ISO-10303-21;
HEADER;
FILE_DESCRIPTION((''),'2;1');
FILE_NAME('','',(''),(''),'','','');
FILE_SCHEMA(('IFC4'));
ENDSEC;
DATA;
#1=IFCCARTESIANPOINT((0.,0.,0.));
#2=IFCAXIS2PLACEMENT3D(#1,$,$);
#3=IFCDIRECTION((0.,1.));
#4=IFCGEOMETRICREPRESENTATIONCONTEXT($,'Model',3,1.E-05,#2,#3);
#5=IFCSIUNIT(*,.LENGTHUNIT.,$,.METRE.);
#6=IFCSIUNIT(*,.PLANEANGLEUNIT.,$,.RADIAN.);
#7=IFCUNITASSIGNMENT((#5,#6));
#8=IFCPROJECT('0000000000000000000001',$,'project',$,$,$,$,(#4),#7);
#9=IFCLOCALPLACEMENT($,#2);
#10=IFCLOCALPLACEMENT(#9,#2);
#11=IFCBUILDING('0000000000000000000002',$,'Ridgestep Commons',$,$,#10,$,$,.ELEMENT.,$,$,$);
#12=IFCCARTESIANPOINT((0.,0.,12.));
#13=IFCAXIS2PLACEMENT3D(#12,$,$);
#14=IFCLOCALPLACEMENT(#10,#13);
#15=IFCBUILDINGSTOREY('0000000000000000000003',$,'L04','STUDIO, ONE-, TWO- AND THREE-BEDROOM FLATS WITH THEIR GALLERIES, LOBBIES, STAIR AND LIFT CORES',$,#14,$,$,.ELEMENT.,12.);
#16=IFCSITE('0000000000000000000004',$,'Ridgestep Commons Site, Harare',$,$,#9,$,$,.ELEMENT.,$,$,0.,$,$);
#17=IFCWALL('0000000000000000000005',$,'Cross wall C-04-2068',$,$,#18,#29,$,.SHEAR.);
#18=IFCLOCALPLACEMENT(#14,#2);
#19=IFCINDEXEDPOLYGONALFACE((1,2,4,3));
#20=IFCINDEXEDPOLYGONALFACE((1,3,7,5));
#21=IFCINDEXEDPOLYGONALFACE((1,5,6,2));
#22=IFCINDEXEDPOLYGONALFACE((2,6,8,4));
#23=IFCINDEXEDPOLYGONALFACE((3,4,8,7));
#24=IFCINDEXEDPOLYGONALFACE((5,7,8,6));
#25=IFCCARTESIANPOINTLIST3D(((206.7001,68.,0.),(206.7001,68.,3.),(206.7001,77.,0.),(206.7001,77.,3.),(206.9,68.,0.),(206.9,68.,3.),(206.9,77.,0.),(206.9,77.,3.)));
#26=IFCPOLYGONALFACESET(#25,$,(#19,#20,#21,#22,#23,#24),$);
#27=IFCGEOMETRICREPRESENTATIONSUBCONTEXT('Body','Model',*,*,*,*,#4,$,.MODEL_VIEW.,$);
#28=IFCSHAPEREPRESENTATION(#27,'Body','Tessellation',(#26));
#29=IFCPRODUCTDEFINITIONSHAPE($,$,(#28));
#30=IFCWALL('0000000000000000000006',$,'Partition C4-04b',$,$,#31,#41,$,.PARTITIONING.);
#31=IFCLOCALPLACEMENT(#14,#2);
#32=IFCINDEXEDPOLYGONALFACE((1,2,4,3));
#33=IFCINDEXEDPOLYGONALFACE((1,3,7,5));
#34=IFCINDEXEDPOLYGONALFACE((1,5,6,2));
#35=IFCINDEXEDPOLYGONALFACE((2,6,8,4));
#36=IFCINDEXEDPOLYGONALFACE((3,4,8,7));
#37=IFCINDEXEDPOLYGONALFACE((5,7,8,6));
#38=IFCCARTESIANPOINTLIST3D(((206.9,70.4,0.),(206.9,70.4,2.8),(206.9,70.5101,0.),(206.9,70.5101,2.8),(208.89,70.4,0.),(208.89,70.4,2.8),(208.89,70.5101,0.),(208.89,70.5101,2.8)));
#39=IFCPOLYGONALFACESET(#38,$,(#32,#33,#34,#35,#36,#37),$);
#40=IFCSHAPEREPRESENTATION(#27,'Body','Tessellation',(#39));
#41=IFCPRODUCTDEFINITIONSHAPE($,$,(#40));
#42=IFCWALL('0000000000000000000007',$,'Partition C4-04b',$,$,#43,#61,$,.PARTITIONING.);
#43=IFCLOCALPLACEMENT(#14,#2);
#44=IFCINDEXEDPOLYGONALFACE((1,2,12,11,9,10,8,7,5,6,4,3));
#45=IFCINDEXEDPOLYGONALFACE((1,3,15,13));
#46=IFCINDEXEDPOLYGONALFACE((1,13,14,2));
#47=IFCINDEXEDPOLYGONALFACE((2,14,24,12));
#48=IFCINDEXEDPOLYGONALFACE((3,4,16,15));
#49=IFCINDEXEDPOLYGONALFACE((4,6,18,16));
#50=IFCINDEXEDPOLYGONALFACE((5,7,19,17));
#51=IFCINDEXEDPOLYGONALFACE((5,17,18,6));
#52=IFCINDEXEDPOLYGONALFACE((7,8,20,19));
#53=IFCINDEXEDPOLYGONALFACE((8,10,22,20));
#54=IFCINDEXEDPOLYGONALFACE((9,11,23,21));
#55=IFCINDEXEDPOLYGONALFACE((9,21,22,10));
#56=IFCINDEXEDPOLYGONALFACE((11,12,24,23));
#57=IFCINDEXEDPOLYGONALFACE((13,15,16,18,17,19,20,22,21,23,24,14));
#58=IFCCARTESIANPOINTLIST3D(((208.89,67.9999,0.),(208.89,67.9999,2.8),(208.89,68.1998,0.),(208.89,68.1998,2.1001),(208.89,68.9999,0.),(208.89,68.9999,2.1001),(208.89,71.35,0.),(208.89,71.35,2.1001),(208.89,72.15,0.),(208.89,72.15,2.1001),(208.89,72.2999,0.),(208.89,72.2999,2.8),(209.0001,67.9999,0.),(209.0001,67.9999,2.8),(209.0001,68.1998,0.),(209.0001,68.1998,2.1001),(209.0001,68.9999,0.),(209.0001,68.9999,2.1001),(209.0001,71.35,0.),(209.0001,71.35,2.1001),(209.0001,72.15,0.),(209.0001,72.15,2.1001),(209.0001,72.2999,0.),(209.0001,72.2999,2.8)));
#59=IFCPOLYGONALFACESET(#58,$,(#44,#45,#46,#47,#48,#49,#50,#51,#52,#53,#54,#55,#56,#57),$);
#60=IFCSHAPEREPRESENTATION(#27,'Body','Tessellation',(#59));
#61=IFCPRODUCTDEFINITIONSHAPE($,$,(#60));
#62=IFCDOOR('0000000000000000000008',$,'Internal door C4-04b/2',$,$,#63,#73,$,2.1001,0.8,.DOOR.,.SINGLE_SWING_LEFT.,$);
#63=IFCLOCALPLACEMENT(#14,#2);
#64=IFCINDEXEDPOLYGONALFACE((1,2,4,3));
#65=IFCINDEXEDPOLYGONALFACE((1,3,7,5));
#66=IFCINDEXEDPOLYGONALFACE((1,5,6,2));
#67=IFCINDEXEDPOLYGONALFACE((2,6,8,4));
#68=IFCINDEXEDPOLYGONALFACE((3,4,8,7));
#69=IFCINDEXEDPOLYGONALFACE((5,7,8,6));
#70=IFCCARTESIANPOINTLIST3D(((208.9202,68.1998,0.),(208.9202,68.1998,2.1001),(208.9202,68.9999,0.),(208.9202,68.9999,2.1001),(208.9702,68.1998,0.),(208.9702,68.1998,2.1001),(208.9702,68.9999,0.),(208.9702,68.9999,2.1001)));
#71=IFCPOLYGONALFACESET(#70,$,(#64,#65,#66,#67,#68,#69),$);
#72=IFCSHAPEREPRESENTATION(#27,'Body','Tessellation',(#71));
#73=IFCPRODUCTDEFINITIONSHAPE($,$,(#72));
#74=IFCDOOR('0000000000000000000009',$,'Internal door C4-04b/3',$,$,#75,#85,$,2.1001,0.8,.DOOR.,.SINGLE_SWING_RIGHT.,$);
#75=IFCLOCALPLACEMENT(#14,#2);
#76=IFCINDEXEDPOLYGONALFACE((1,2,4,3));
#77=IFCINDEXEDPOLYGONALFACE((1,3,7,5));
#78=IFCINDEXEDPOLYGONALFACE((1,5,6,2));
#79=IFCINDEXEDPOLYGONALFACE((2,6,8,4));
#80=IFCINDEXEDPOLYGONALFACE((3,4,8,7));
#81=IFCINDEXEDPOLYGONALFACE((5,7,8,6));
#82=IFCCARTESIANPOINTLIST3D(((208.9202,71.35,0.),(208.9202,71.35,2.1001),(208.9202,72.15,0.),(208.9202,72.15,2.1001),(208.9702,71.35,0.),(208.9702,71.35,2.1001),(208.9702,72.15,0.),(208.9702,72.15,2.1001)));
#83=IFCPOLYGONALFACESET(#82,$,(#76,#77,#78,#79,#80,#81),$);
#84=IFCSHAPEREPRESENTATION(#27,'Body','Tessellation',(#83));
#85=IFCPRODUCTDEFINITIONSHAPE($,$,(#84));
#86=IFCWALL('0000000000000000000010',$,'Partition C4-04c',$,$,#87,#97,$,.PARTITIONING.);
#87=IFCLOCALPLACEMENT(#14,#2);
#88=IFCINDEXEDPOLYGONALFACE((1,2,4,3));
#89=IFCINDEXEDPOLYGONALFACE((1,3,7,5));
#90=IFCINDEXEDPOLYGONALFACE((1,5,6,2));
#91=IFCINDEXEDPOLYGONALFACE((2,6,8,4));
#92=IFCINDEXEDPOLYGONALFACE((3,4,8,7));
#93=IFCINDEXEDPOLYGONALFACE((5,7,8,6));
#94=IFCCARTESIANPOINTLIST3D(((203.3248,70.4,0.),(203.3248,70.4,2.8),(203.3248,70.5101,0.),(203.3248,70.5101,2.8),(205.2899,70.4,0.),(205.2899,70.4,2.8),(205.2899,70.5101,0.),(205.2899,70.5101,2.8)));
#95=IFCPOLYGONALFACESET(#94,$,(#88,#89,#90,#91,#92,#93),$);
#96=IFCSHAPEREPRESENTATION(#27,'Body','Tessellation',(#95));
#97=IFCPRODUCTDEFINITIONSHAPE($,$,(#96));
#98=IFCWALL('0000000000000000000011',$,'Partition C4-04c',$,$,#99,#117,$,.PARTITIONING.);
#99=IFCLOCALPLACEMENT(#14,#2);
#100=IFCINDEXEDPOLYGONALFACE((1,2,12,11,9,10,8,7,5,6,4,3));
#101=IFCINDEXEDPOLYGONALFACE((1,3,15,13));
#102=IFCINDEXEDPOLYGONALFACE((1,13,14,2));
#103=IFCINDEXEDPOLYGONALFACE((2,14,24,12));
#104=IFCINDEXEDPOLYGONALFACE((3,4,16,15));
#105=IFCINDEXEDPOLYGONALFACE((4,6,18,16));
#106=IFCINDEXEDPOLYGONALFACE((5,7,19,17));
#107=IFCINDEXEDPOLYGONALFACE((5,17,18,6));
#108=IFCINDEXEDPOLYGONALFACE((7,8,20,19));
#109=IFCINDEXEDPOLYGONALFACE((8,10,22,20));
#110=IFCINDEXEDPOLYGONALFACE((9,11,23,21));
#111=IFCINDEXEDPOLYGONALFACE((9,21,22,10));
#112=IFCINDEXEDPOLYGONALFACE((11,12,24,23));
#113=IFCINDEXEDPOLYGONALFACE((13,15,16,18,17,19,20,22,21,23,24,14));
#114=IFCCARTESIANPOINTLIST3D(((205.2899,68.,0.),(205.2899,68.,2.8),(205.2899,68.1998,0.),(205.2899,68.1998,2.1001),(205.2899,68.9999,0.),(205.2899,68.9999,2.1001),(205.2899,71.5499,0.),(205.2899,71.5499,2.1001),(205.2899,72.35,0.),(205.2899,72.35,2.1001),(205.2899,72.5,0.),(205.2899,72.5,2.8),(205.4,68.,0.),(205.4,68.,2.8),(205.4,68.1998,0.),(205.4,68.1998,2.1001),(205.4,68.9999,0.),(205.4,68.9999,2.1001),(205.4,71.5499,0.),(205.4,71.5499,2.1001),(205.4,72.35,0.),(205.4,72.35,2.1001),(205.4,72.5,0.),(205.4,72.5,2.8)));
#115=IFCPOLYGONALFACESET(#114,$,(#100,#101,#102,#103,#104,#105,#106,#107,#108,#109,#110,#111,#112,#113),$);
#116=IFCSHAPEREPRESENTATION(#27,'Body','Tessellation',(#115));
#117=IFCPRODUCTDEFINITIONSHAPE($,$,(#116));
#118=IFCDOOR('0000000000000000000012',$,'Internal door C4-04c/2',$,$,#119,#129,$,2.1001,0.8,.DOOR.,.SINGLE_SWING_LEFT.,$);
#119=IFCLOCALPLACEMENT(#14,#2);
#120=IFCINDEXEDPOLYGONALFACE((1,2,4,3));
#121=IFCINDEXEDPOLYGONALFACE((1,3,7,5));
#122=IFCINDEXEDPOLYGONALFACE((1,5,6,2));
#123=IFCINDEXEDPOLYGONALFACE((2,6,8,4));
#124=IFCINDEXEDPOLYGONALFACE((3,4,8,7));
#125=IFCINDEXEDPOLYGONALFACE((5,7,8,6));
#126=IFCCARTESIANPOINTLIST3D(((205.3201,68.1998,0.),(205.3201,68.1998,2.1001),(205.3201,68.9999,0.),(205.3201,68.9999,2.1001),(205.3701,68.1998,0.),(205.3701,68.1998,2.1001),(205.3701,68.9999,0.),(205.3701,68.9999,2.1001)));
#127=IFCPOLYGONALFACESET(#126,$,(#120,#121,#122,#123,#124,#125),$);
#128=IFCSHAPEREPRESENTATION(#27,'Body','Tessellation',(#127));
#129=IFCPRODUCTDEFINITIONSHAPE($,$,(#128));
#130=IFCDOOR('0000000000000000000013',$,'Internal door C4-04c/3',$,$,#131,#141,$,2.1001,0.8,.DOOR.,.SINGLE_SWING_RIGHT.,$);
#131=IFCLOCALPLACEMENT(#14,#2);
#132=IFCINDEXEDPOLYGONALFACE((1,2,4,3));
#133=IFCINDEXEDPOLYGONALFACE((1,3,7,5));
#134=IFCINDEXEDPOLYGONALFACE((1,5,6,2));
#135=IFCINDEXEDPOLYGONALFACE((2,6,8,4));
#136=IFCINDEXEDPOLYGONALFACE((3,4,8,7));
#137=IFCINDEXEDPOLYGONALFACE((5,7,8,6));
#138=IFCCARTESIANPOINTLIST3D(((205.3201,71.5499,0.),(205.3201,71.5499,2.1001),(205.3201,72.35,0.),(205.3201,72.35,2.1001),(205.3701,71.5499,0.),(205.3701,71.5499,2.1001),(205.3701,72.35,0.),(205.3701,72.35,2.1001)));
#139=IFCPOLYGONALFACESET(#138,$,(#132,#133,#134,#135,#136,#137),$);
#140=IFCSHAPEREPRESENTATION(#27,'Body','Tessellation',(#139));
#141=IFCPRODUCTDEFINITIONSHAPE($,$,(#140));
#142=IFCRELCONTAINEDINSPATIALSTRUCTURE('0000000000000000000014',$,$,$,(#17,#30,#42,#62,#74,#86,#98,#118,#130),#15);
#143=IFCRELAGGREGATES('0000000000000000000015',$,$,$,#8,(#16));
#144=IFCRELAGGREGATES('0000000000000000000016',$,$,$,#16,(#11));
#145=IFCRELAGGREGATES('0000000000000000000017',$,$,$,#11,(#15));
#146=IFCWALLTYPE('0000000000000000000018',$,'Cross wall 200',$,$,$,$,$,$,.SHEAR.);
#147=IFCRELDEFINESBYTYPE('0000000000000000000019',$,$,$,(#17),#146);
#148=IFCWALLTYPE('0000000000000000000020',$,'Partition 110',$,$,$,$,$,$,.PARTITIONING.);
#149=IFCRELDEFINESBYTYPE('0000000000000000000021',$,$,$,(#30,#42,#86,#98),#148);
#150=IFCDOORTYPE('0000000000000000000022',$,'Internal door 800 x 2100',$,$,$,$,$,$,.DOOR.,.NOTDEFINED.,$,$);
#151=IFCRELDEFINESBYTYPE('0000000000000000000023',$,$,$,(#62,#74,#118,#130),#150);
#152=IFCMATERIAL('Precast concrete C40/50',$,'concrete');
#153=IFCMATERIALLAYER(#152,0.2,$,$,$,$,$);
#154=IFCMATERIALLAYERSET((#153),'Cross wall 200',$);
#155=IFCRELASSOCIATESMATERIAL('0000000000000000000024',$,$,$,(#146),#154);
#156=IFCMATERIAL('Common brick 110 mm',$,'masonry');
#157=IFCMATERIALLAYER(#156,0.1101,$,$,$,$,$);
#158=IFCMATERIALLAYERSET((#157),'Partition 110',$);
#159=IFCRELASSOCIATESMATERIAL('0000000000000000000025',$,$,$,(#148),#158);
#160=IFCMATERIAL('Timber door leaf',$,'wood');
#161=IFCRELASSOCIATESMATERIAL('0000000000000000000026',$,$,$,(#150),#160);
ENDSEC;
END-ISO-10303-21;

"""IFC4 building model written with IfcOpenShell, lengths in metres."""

from ifc_helpers import new_model, si_unit, direction, frame, frame_2d, origin, place, context, subcontext, project, spatial, rectangle, extrude, material, layer, layer_set, type_object, element, fill, save


model = new_model("IFC4")

# Units and contexts
model_context = context("Model", 3, precision=1e-05, world=origin(), true_north=direction((0.0, 1.0)))
body_context = subcontext(model_context, "Body", "Model", "MODEL_VIEW")
ifc_project = project(units=[si_unit("LENGTHUNIT", "METRE"), si_unit("PLANEANGLEUNIT", "RADIAN")], contexts=[model_context])

# Site, building, storey
site_placement = place(None, origin())
site = spatial("IfcSite", under=ifc_project, at=site_placement, Name="Ridgestep Commons Site, Harare", CompositionType="ELEMENT", RefElevation=0.0)
building_placement = place(site_placement, origin())
building = spatial("IfcBuilding", under=site, at=building_placement, Name="Ridgestep Commons", CompositionType="ELEMENT")
storey_placement = place(building_placement, frame((0.0, 0.0, 12.0)))
storey = spatial("IfcBuildingStorey", under=building, at=storey_placement, Name="L04", Description="STUDIO, ONE-, TWO- AND THREE-BEDROOM FLATS WITH THEIR GALLERIES, LOBBIES, STAIR AND LIFT CORES", CompositionType="ELEMENT", Elevation=12.0)

# Walls
ifc_material_1 = material(Name="Precast concrete C40/50", Category="concrete")
ifc_layer_1 = layer(ifc_material_1, 0.2)
ifc_layer_set_1 = layer_set([ifc_layer_1], Name="Cross wall 200")
wall_type_1 = type_object("IfcWallType", Name="Cross wall 200", PredefinedType="SHEAR", material=ifc_layer_set_1)
wall_1_placement = place(storey_placement, frame((206.8, 68.0, 0.0), z_axis=(0.0, 0.0, 1.0), x_axis=(0.0, 1.0, 0.0)))
element("IfcWall", 1, at=wall_1_placement, inside=storey, type_object=wall_type_1, Name="Cross wall C-04-2068", PredefinedType="SHEAR", context=body_context, shape_type="SweptSolid", body=[
    extrude(rectangle(XDim=9.0, YDim=0.2, at=frame_2d((4.5, 0.0))), origin(), (0.0, 0.0, 1.0), 3.0),
])
ifc_material_2 = material(Name="Common brick 110 mm", Category="masonry")
ifc_layer_2 = layer(ifc_material_2, 0.1101)
ifc_layer_set_2 = layer_set([ifc_layer_2], Name="Partition 110")
wall_type_2 = type_object("IfcWallType", Name="Partition 110", PredefinedType="PARTITIONING", material=ifc_layer_set_2)
wall_2_placement = place(storey_placement, frame((206.8999, 70.4551, 0.0), z_axis=(0.0, 0.0, 1.0), x_axis=(1.0, 0.0, 0.0)))
element("IfcWall", 2, at=wall_2_placement, inside=storey, type_object=wall_type_2, Name="Partition C4-04b", PredefinedType="PARTITIONING", context=body_context, shape_type="SweptSolid", body=[
    extrude(rectangle(XDim=1.99, YDim=0.1101, at=frame_2d((0.9951, 0.0))), origin(), (0.0, 0.0, 1.0), 2.8),
])

# Wall, openings, doors
wall_3_placement = place(storey_placement, frame((208.9451, 68.0, 0.0), z_axis=(0.0, 0.0, 1.0), x_axis=(0.0, 1.0, 0.0)))
wall_3 = element("IfcWall", 3, at=wall_3_placement, inside=storey, type_object=wall_type_2, Name="Partition C4-04b", PredefinedType="PARTITIONING", context=body_context, shape_type="SweptSolid", body=[
    extrude(rectangle(XDim=4.3, YDim=0.1101, at=frame_2d((2.1499, 0.0))), origin(), (0.0, 0.0, 1.0), 2.8),
])
opening_1_placement = place(wall_3_placement, frame((0.2, 0.0, 0.0)))
opening_1 = element("IfcOpeningElement", 4, at=opening_1_placement, cuts=wall_3, PredefinedType="OPENING", context=body_context, shape_type="SweptSolid", body=[
    extrude(rectangle(XDim=0.8, YDim=2.1001, at=frame_2d((0.3999, 1.05))), frame((0.0, 0.0649, 0.0), z_axis=(0.0, -1.0, 0.0), x_axis=(1.0, 0.0, 0.0)), (0.0, 0.0, 1.0), 0.1301),
])
opening_2_placement = place(wall_3_placement, frame((3.3501, 0.0, 0.0)))
opening_2 = element("IfcOpeningElement", 5, at=opening_2_placement, cuts=wall_3, PredefinedType="OPENING", context=body_context, shape_type="SweptSolid", body=[
    extrude(rectangle(XDim=0.8, YDim=2.1001, at=frame_2d((0.3999, 1.05))), frame((0.0, 0.0649, 0.0), z_axis=(0.0, -1.0, 0.0), x_axis=(1.0, 0.0, 0.0)), (0.0, 0.0, 1.0), 0.1301),
])
ifc_material_3 = material(Name="Timber door leaf", Category="wood")
door_type_1 = type_object("IfcDoorType", Name="Internal door 800 x 2100", OperationType="NOTDEFINED", PredefinedType="DOOR", material=ifc_material_3)
door_1_placement = place(opening_1_placement, origin())
door_1 = element("IfcDoor", 6, at=door_1_placement, inside=storey, type_object=door_type_1, Name="Internal door C4-04b/2", OperationType="SINGLE_SWING_LEFT", OverallHeight=2.1001, OverallWidth=0.8, PredefinedType="DOOR", context=body_context, shape_type="SweptSolid", body=[
    extrude(rectangle(XDim=0.8, YDim=2.1001, at=frame_2d((0.3999, 1.05))), frame((0.0, 0.0249, 0.0), z_axis=(0.0, -1.0, 0.0), x_axis=(1.0, 0.0, 0.0)), (0.0, 0.0, 1.0), 0.05),
])
fill(opening_1, door_1)
door_2_placement = place(opening_2_placement, origin())
door_2 = element("IfcDoor", 7, at=door_2_placement, inside=storey, type_object=door_type_1, Name="Internal door C4-04b/3", OperationType="SINGLE_SWING_RIGHT", OverallHeight=2.1001, OverallWidth=0.8, PredefinedType="DOOR", context=body_context, shape_type="SweptSolid", body=[
    extrude(rectangle(XDim=0.8, YDim=2.1001, at=frame_2d((0.3999, 1.05))), frame((0.0, 0.0249, 0.0), z_axis=(0.0, -1.0, 0.0), x_axis=(1.0, 0.0, 0.0)), (0.0, 0.0, 1.0), 0.05),
])
fill(opening_2, door_2)

# Wall
wall_4_placement = place(storey_placement, frame((203.325, 70.4551, 0.0), z_axis=(0.0, 0.0, 1.0), x_axis=(1.0, 0.0, 0.0)))
element("IfcWall", 8, at=wall_4_placement, inside=storey, type_object=wall_type_2, Name="Partition C4-04c", PredefinedType="PARTITIONING", context=body_context, shape_type="SweptSolid", body=[
    extrude(rectangle(XDim=1.9651, YDim=0.1101, at=frame_2d((0.9824, 0.0))), origin(), (0.0, 0.0, 1.0), 2.8),
])

# Wall, openings, doors
wall_5_placement = place(storey_placement, frame((205.345, 68.0, 0.0), z_axis=(0.0, 0.0, 1.0), x_axis=(0.0, 1.0, 0.0)))
wall_5 = element("IfcWall", 9, at=wall_5_placement, inside=storey, type_object=wall_type_2, Name="Partition C4-04c", PredefinedType="PARTITIONING", context=body_context, shape_type="SweptSolid", body=[
    extrude(rectangle(XDim=4.5, YDim=0.1101, at=frame_2d((2.25, 0.0))), origin(), (0.0, 0.0, 1.0), 2.8),
])
opening_3_placement = place(wall_5_placement, frame((0.2, 0.0, 0.0)))
opening_3 = element("IfcOpeningElement", 10, at=opening_3_placement, cuts=wall_5, PredefinedType="OPENING", context=body_context, shape_type="SweptSolid", body=[
    extrude(rectangle(XDim=0.8, YDim=2.1001, at=frame_2d((0.3999, 1.05))), frame((0.0, 0.0649, 0.0), z_axis=(0.0, -1.0, 0.0), x_axis=(1.0, 0.0, 0.0)), (0.0, 0.0, 1.0), 0.1301),
])
opening_4_placement = place(wall_5_placement, frame((3.55, 0.0, 0.0)))
opening_4 = element("IfcOpeningElement", 11, at=opening_4_placement, cuts=wall_5, PredefinedType="OPENING", context=body_context, shape_type="SweptSolid", body=[
    extrude(rectangle(XDim=0.8, YDim=2.1001, at=frame_2d((0.3999, 1.05))), frame((0.0, 0.0649, 0.0), z_axis=(0.0, -1.0, 0.0), x_axis=(1.0, 0.0, 0.0)), (0.0, 0.0, 1.0), 0.1301),
])
door_3_placement = place(opening_3_placement, origin())
door_3 = element("IfcDoor", 12, at=door_3_placement, inside=storey, type_object=door_type_1, Name="Internal door C4-04c/2", OperationType="SINGLE_SWING_LEFT", OverallHeight=2.1001, OverallWidth=0.8, PredefinedType="DOOR", context=body_context, shape_type="SweptSolid", body=[
    extrude(rectangle(XDim=0.8, YDim=2.1001, at=frame_2d((0.3999, 1.05))), frame((0.0, 0.0249, 0.0), z_axis=(0.0, -1.0, 0.0), x_axis=(1.0, 0.0, 0.0)), (0.0, 0.0, 1.0), 0.05),
])
fill(opening_3, door_3)
door_4_placement = place(opening_4_placement, origin())
door_4 = element("IfcDoor", 13, at=door_4_placement, inside=storey, type_object=door_type_1, Name="Internal door C4-04c/3", OperationType="SINGLE_SWING_RIGHT", OverallHeight=2.1001, OverallWidth=0.8, PredefinedType="DOOR", context=body_context, shape_type="SweptSolid", body=[
    extrude(rectangle(XDim=0.8, YDim=2.1001, at=frame_2d((0.3999, 1.05))), frame((0.0, 0.0249, 0.0), z_axis=(0.0, -1.0, 0.0), x_axis=(1.0, 0.0, 0.0)), (0.0, 0.0, 1.0), 0.05),
])
fill(opening_4, door_4)

save(model, "model.ifc")
